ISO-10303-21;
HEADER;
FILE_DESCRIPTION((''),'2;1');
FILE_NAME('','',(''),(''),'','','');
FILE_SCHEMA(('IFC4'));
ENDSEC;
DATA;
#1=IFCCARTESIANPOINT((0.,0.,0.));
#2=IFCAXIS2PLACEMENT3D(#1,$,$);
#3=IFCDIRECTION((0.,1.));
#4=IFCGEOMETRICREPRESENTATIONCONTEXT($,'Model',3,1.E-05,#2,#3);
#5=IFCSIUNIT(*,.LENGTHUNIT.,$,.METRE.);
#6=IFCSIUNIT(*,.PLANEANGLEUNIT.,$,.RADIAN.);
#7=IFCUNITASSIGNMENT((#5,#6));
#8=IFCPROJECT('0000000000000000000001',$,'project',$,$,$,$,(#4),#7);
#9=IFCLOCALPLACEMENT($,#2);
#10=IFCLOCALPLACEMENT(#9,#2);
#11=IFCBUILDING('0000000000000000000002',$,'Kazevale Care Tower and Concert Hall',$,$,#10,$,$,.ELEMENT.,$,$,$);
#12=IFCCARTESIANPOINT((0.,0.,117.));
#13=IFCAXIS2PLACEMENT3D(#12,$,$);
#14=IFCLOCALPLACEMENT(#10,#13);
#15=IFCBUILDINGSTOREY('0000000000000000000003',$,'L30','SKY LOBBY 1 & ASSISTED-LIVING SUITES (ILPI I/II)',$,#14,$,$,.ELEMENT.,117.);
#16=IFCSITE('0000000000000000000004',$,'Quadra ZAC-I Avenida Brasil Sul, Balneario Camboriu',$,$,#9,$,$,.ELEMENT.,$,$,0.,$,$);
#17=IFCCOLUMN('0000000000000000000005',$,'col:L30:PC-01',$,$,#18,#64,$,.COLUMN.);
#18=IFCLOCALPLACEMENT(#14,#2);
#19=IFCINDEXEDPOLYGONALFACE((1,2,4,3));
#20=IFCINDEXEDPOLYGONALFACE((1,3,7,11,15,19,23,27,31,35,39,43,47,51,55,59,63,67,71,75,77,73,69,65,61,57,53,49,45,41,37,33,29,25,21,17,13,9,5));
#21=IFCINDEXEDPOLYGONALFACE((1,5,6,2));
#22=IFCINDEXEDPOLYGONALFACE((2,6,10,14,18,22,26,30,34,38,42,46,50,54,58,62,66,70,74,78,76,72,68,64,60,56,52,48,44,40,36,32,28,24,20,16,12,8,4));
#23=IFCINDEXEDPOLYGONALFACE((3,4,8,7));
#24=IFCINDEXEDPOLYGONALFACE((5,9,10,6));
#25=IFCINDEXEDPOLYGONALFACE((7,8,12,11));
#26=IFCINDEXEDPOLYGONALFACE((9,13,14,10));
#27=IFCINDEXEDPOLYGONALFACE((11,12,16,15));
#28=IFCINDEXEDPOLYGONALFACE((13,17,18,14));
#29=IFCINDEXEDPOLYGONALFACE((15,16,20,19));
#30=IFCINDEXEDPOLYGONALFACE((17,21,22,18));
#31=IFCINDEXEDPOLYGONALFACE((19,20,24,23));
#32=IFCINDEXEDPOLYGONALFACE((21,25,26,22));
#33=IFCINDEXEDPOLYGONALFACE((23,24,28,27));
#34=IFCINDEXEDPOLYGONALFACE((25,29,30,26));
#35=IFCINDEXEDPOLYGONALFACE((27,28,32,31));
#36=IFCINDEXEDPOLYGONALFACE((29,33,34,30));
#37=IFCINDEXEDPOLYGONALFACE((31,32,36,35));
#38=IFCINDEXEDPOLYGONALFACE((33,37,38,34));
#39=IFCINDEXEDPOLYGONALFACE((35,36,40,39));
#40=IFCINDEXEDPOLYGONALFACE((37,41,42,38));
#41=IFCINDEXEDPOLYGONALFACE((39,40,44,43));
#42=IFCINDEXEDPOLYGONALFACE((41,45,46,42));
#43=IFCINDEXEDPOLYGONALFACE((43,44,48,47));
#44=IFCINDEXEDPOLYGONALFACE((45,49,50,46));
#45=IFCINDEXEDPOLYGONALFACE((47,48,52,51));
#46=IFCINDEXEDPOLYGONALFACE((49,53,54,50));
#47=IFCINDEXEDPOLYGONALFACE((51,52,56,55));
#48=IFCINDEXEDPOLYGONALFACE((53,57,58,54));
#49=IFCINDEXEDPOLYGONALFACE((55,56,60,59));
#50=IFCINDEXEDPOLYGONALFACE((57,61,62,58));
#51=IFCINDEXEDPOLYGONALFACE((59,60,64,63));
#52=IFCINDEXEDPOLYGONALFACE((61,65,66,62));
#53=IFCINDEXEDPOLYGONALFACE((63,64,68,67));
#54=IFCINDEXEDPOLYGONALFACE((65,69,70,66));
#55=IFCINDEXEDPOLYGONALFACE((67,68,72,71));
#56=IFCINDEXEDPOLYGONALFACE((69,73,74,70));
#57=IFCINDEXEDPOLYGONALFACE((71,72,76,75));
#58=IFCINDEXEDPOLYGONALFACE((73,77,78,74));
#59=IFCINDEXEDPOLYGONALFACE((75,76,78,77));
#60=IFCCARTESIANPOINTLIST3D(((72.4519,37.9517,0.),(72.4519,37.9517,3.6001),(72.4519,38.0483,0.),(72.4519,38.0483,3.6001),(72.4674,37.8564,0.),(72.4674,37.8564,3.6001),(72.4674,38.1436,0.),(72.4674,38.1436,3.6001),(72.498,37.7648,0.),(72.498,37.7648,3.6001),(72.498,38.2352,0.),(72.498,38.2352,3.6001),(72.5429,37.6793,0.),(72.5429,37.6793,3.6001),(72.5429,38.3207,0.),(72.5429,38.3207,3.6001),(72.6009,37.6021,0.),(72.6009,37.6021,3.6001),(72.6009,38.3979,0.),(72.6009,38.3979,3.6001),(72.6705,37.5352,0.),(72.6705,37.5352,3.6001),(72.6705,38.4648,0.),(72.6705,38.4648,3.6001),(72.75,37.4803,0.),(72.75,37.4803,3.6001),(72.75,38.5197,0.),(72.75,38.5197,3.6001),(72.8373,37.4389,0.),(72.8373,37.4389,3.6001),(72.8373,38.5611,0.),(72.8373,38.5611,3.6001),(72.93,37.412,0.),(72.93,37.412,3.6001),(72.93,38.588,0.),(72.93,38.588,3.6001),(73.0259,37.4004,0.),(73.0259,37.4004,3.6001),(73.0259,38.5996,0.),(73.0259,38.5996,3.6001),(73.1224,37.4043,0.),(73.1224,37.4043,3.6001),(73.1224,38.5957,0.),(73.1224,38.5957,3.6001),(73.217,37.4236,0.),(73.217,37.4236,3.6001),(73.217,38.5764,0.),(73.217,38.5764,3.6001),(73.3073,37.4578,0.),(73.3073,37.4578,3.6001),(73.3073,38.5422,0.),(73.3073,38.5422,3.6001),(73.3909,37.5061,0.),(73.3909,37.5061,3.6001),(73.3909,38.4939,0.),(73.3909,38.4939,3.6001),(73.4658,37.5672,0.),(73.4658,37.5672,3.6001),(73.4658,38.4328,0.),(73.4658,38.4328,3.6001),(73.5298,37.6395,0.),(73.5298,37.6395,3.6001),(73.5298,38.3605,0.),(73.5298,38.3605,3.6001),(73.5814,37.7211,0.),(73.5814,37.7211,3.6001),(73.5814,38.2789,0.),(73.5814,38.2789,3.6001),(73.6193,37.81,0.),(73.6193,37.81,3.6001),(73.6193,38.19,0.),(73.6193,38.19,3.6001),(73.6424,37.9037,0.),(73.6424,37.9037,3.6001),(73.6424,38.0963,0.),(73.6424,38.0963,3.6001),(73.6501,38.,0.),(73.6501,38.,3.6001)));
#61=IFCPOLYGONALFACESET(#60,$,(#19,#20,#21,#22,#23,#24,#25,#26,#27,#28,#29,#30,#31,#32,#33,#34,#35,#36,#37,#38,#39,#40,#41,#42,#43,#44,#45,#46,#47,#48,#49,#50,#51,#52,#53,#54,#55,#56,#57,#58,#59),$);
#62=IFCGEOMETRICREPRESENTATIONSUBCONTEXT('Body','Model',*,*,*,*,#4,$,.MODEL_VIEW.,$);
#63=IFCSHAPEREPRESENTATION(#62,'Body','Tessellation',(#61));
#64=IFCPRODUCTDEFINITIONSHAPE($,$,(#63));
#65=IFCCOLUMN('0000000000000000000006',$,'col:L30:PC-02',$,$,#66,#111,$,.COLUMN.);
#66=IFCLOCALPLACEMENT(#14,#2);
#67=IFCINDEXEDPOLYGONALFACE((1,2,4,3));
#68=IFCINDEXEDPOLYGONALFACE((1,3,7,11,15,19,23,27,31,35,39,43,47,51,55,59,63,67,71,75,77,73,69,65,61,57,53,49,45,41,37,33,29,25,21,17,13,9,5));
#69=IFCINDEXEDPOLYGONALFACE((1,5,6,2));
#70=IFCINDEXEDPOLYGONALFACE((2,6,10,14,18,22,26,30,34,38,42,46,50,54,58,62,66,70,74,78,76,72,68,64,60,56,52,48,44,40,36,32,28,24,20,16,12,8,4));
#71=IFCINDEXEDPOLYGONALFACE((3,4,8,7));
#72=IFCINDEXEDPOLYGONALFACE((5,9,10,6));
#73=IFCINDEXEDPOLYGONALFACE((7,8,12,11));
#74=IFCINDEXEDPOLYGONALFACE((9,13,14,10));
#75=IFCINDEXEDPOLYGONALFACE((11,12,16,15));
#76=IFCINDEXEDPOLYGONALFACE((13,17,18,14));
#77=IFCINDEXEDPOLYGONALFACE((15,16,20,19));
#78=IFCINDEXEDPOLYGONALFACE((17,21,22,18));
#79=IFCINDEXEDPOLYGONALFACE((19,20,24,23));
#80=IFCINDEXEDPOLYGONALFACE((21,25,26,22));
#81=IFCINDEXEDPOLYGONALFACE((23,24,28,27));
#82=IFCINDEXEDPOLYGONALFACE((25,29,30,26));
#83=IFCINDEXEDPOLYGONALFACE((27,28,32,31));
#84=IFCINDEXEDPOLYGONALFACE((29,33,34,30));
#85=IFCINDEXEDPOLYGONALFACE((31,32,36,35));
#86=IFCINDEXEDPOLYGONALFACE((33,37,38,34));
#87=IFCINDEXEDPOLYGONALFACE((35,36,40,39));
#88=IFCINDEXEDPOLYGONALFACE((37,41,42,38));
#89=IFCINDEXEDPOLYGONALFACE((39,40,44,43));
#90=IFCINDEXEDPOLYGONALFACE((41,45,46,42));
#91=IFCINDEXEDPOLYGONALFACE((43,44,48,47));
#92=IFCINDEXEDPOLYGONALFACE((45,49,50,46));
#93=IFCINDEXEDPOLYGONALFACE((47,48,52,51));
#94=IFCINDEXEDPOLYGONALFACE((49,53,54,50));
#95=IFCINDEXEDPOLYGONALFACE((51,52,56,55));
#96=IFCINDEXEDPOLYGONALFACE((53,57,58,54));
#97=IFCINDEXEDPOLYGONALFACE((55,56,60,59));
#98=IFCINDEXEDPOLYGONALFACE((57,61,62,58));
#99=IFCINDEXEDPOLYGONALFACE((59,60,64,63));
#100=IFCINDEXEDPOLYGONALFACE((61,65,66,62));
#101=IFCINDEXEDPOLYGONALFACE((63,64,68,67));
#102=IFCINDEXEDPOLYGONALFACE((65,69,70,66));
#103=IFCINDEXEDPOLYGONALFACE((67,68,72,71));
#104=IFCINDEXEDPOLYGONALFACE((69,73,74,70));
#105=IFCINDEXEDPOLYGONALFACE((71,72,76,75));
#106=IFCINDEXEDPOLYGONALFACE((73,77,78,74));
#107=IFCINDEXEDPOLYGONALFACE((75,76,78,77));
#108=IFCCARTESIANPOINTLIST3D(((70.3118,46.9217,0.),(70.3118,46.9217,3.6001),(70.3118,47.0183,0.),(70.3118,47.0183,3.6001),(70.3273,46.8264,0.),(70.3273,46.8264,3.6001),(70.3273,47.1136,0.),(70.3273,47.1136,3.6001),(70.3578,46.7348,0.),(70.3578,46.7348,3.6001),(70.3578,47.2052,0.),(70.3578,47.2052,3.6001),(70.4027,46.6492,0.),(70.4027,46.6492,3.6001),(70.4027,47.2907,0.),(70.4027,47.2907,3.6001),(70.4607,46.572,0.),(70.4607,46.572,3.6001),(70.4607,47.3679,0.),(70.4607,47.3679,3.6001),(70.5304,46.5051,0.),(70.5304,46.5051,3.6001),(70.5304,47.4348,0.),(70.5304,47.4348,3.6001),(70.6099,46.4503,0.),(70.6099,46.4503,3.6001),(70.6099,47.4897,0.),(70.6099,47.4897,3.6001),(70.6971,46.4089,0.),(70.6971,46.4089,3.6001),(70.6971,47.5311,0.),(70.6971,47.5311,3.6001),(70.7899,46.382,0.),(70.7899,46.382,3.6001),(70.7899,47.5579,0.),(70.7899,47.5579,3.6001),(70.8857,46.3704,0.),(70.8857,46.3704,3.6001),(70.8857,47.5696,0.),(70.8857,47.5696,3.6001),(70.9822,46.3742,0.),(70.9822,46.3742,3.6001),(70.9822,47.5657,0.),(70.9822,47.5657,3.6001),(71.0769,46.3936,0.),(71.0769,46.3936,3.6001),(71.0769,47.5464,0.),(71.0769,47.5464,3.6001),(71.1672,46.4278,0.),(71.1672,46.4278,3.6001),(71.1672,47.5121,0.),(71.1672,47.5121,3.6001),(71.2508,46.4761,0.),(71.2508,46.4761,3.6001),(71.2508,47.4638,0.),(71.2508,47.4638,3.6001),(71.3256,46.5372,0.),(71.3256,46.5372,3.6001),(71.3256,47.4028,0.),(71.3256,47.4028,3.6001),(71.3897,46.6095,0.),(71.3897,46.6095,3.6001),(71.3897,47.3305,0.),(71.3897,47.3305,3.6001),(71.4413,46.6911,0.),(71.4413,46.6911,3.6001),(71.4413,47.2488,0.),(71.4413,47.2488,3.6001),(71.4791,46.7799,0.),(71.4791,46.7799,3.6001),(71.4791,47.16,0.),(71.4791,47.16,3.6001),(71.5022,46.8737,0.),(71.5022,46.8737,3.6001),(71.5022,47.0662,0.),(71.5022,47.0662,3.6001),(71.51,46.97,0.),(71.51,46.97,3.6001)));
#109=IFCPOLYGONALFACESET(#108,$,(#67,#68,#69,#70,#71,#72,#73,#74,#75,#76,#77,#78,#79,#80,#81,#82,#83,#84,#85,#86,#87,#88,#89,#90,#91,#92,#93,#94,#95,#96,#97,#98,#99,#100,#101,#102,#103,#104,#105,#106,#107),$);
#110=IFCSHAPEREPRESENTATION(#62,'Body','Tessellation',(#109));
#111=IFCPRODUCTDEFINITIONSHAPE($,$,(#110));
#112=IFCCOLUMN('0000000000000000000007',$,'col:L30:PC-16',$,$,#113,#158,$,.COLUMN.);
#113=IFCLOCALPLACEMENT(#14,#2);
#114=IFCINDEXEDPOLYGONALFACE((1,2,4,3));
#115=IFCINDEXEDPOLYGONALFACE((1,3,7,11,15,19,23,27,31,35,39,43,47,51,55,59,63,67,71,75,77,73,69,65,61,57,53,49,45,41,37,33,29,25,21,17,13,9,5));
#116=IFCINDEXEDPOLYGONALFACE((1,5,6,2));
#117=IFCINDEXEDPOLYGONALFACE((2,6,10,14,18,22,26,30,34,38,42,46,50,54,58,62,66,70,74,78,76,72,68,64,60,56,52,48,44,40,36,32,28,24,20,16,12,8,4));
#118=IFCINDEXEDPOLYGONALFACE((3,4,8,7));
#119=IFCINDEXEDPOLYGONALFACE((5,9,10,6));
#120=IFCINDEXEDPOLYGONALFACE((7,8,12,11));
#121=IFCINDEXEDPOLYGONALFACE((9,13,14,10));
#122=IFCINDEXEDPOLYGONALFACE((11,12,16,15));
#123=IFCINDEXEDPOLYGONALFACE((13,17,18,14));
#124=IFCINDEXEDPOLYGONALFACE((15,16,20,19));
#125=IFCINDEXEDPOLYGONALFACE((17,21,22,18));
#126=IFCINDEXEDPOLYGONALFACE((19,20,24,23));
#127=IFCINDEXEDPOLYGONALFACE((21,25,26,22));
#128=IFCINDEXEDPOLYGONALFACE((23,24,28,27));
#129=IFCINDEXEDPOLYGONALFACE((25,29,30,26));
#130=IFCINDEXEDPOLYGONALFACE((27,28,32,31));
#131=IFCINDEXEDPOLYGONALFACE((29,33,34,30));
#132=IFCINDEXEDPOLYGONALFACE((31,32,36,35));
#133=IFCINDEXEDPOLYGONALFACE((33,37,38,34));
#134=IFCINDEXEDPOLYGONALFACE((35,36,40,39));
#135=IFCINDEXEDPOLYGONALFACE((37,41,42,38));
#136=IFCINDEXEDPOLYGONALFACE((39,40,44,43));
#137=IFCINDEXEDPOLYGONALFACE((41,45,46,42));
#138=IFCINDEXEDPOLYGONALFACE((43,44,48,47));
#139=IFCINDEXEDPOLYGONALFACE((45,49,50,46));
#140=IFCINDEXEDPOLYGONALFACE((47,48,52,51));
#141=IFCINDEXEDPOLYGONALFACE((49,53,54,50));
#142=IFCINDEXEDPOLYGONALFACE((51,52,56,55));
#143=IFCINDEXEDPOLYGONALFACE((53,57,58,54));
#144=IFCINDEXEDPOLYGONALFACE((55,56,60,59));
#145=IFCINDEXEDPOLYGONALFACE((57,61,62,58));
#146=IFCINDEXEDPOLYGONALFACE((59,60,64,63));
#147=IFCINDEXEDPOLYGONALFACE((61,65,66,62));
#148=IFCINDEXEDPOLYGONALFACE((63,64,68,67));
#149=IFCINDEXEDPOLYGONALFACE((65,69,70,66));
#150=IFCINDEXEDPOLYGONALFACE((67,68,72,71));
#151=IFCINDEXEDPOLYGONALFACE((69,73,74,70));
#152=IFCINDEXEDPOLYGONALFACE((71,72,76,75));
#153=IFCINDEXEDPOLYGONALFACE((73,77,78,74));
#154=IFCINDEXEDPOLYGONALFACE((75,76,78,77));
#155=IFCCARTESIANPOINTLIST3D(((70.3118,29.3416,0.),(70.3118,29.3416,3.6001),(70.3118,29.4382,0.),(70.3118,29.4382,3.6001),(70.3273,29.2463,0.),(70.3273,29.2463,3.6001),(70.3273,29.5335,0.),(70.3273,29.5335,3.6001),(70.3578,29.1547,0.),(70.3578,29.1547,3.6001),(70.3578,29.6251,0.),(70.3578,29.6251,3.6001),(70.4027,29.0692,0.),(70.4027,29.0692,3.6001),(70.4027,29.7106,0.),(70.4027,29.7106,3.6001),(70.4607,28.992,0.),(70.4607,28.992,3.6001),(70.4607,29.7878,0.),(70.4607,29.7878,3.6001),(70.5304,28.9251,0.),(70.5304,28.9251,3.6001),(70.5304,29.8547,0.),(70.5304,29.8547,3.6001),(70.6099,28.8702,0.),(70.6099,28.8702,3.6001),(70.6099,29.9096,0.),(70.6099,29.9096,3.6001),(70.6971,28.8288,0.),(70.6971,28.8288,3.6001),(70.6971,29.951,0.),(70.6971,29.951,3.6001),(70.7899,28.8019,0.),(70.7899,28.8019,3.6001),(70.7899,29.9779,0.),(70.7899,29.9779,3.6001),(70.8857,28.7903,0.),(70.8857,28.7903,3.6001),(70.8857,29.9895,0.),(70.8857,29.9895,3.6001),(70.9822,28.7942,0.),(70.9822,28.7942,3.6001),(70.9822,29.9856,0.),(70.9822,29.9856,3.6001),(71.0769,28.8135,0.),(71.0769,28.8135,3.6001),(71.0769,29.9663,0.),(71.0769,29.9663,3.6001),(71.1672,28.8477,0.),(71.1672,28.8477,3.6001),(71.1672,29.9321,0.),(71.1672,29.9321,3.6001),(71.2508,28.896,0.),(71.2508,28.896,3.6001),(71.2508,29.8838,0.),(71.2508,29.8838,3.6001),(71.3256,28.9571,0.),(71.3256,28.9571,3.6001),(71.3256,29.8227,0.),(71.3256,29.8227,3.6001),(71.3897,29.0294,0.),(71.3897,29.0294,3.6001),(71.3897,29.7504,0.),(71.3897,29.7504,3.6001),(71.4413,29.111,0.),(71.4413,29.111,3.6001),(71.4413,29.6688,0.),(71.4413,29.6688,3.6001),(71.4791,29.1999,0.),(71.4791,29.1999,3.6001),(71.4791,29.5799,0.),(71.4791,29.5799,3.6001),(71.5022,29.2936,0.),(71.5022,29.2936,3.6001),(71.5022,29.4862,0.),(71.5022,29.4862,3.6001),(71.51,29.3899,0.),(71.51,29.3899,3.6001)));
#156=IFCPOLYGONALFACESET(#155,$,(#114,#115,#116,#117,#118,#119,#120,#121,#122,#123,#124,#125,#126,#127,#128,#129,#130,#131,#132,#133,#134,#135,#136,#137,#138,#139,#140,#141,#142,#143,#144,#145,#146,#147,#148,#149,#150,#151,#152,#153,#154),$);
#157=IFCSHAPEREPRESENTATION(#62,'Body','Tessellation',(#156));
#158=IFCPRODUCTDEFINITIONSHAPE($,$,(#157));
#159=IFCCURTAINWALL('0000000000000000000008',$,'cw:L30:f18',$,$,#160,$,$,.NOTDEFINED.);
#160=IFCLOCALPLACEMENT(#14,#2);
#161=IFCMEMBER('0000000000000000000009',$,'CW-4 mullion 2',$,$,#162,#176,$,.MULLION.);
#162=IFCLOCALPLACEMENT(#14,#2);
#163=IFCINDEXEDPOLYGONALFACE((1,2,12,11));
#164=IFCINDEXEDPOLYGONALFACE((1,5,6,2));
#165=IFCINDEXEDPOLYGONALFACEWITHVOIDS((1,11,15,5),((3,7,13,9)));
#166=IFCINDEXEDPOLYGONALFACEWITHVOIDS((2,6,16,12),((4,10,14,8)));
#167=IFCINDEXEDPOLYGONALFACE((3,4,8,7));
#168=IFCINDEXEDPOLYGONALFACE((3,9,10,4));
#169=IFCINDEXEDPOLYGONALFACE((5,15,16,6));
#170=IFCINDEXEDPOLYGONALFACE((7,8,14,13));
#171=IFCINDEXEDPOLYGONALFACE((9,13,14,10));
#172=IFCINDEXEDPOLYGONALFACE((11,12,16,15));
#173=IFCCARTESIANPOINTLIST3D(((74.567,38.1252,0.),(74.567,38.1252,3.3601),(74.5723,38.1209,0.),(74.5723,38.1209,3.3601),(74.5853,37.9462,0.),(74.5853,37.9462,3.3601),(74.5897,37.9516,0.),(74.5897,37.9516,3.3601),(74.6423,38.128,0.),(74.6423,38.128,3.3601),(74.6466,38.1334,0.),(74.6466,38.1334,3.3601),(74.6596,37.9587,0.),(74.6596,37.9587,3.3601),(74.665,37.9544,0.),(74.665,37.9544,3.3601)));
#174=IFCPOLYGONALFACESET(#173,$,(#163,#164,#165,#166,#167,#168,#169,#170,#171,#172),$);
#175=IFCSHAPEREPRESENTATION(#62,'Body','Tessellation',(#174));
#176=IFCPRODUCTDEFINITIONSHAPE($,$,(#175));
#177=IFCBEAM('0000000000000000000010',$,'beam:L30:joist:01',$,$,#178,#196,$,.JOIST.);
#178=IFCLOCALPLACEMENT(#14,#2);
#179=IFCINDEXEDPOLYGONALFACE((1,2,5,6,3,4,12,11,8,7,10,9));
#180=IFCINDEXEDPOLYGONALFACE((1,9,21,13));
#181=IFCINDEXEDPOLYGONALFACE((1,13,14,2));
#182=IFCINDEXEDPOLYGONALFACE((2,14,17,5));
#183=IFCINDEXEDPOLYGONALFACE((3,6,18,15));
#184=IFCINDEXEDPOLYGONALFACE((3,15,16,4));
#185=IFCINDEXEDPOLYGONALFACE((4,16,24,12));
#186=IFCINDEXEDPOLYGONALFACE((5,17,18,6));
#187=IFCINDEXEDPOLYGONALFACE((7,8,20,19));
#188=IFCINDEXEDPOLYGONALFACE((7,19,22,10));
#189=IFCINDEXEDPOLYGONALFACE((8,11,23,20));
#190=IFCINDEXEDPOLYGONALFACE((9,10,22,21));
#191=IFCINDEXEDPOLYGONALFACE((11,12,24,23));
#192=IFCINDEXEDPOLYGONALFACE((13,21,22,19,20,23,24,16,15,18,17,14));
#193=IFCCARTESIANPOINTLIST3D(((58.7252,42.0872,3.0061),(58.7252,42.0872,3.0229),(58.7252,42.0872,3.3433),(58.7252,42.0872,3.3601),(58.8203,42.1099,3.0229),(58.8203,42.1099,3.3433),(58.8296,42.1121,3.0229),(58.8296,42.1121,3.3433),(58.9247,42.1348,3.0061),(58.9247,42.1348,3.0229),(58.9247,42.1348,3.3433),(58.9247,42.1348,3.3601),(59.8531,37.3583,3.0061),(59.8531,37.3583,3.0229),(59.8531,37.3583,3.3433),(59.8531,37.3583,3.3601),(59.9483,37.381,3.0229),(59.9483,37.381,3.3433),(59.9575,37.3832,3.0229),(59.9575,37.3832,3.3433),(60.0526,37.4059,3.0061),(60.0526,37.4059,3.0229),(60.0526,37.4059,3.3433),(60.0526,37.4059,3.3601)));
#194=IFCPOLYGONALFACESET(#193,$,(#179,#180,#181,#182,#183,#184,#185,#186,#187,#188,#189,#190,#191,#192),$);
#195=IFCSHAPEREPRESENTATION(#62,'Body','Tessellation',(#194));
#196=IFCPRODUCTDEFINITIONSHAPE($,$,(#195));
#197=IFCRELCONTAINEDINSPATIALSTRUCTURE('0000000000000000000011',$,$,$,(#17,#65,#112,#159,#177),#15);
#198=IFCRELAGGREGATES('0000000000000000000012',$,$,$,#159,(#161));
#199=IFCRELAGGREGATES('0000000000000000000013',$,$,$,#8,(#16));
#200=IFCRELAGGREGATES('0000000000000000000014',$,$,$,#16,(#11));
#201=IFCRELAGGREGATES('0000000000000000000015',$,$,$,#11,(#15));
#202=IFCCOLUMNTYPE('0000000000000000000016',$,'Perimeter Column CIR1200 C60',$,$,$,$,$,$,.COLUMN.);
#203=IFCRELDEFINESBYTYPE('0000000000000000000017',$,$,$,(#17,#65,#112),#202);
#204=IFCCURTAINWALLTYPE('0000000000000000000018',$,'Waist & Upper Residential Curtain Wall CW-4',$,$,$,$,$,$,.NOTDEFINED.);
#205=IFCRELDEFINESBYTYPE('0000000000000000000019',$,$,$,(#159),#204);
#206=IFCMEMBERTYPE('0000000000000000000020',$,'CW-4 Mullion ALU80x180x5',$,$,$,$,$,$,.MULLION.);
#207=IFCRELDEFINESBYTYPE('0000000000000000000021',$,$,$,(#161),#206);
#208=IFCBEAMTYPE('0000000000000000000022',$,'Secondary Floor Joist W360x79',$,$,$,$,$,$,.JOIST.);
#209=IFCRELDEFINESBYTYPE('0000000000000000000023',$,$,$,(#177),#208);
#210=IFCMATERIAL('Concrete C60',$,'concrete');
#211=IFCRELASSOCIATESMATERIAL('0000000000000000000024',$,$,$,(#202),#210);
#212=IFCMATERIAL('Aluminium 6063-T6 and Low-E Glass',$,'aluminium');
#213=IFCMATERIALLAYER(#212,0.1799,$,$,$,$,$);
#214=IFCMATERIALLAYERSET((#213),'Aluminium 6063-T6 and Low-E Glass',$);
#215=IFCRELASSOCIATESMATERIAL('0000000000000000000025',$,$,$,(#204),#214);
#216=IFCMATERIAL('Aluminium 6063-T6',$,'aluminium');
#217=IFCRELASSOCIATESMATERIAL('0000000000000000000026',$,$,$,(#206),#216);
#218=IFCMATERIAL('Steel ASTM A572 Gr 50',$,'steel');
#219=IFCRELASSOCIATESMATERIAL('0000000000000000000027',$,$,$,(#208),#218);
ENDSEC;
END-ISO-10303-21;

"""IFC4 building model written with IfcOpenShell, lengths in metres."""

from ifc_helpers import new_model, si_unit, direction, frame, origin, origin_2d, place, context, subcontext, project, spatial, hollow_rectangle, circle, i_section, extrude, material, layer, layer_set, material_profile, profile_set, type_object, element, aggregate, save


model = new_model("IFC4")

# Units and contexts
model_context = context("Model", 3, precision=1e-05, world=origin(), true_north=direction((0.0, 1.0)))
body_context = subcontext(model_context, "Body", "Model", "MODEL_VIEW")
ifc_project = project(units=[si_unit("LENGTHUNIT", "METRE"), si_unit("PLANEANGLEUNIT", "RADIAN")], contexts=[model_context])

# Site, building, storey
site_placement = place(None, origin())
site = spatial("IfcSite", under=ifc_project, at=site_placement, Name="Quadra ZAC-I Avenida Brasil Sul, Balneario Camboriu", CompositionType="ELEMENT", RefElevation=0.0)
building_placement = place(site_placement, origin())
building = spatial("IfcBuilding", under=site, at=building_placement, Name="Kazevale Care Tower and Concert Hall", CompositionType="ELEMENT")
storey_placement = place(building_placement, frame((0.0, 0.0, 117.0)))
storey = spatial("IfcBuildingStorey", under=building, at=storey_placement, Name="L30", Description="SKY LOBBY 1 & ASSISTED-LIVING SUITES (ILPI I/II)", CompositionType="ELEMENT", Elevation=117.0)

# Columns
ifc_material_1 = material(Name="Concrete C60", Category="concrete")
ifc_material_profile_1 = material_profile(ifc_material_1, circle(Radius=0.6001, at=origin_2d()), Name="RC-CIR1200")
ifc_profile_set_1 = profile_set([ifc_material_profile_1], Name="Concrete C60")
column_type = type_object("IfcColumnType", Name="Perimeter Column CIR1200 C60", PredefinedType="COLUMN", material=ifc_profile_set_1)
for number, where, z_axis, x_axis, name in (
    (1, (73.05, 38.0, 0.0), (0.0, 0.0, 1.0), (1.0, 0.0, 0.0), "col:L30:PC-01"),
    (2, (70.9099, 46.97, 0.0), (0.0, 0.0, 1.0), (1.0, 0.0, 0.0), "col:L30:PC-02"),
    (3, (70.9099, 29.3899, 0.0), (0.0, 0.0, 1.0), (1.0, 0.0, 0.0), "col:L30:PC-16"),
):
    element("IfcColumn", number, at=place(storey_placement, frame(where, z_axis=z_axis, x_axis=x_axis)), inside=storey, type_object=column_type, Name=name, PredefinedType="COLUMN", context=body_context, shape_type="SweptSolid", body=[
        extrude(circle(Radius=0.6001, at=origin_2d()), origin(), (0.0, 0.0, 1.0), 3.6001),
    ])

# Curtain wall, member
ifc_material_2 = material(Name="Aluminium 6063-T6 and Low-E Glass", Category="aluminium")
ifc_layer_1 = layer(ifc_material_2, 0.1799)
ifc_layer_set_1 = layer_set([ifc_layer_1], Name="Aluminium 6063-T6 and Low-E Glass")
curtain_wall_type = type_object("IfcCurtainWallType", Name="Waist & Upper Residential Curtain Wall CW-4", PredefinedType="NOTDEFINED", material=ifc_layer_set_1)
curtain_wall_placement = place(storey_placement, origin())
curtain_wall = element("IfcCurtainWall", 4, at=curtain_wall_placement, inside=storey, type_object=curtain_wall_type, Name="cw:L30:f18", PredefinedType="NOTDEFINED")
ifc_material_3 = material(Name="Aluminium 6063-T6", Category="aluminium")
ifc_material_profile_2 = material_profile(ifc_material_3, hollow_rectangle(XDim=0.0801, YDim=0.1799, WallThickness=0.0049, at=origin_2d()), Name="ALU80x180x5")
ifc_profile_set_2 = profile_set([ifc_material_profile_2], Name="Aluminium 6063-T6")
member_type = type_object("IfcMemberType", Name="CW-4 Mullion ALU80x180x5", PredefinedType="MULLION", material=ifc_profile_set_2)
member_placement = place(storey_placement, frame((74.616, 38.0398, 0.0), z_axis=(0.0, 0.0, 1.0), x_axis=(0.994798, 0.10187, 0.0)))
member = element("IfcMember", 5, at=member_placement, type_object=member_type, Name="CW-4 mullion 2", PredefinedType="MULLION", context=body_context, shape_type="SweptSolid", body=[
    extrude(hollow_rectangle(XDim=0.0801, YDim=0.1799, WallThickness=0.0049, at=origin_2d()), origin(), (0.0, 0.0, 1.0), 3.3601),
])

# Beam
ifc_material_4 = material(Name="Steel ASTM A572 Gr 50", Category="steel")
ifc_material_profile_3 = material_profile(ifc_material_4, i_section(OverallWidth=0.2051, OverallDepth=0.354, WebThickness=0.0095, FlangeThickness=0.0168, at=origin_2d()), Name="W360x79")
ifc_profile_set_3 = profile_set([ifc_material_profile_3], Name="Steel ASTM A572 Gr 50")
beam_type_1 = type_object("IfcBeamType", Name="Secondary Floor Joist W360x79", PredefinedType="JOIST", material=ifc_profile_set_3)
beam_1_placement = place(storey_placement, frame((59.9529, 37.3821, 3.1831), z_axis=(-0.232005, 0.972715, 0.0), x_axis=(-0.972715, -0.232005, 0.0)))
element("IfcBeam", 6, at=beam_1_placement, inside=storey, type_object=beam_type_1, Name="beam:L30:joist:01", PredefinedType="JOIST", context=body_context, shape_type="SweptSolid", body=[
    extrude(i_section(OverallWidth=0.2051, OverallDepth=0.354, WebThickness=0.0095, FlangeThickness=0.0168, at=origin_2d()), origin(), (0.0, 0.0, 1.0), 4.8616),
])

aggregate(curtain_wall, [member])

save(model, "model.ifc")
